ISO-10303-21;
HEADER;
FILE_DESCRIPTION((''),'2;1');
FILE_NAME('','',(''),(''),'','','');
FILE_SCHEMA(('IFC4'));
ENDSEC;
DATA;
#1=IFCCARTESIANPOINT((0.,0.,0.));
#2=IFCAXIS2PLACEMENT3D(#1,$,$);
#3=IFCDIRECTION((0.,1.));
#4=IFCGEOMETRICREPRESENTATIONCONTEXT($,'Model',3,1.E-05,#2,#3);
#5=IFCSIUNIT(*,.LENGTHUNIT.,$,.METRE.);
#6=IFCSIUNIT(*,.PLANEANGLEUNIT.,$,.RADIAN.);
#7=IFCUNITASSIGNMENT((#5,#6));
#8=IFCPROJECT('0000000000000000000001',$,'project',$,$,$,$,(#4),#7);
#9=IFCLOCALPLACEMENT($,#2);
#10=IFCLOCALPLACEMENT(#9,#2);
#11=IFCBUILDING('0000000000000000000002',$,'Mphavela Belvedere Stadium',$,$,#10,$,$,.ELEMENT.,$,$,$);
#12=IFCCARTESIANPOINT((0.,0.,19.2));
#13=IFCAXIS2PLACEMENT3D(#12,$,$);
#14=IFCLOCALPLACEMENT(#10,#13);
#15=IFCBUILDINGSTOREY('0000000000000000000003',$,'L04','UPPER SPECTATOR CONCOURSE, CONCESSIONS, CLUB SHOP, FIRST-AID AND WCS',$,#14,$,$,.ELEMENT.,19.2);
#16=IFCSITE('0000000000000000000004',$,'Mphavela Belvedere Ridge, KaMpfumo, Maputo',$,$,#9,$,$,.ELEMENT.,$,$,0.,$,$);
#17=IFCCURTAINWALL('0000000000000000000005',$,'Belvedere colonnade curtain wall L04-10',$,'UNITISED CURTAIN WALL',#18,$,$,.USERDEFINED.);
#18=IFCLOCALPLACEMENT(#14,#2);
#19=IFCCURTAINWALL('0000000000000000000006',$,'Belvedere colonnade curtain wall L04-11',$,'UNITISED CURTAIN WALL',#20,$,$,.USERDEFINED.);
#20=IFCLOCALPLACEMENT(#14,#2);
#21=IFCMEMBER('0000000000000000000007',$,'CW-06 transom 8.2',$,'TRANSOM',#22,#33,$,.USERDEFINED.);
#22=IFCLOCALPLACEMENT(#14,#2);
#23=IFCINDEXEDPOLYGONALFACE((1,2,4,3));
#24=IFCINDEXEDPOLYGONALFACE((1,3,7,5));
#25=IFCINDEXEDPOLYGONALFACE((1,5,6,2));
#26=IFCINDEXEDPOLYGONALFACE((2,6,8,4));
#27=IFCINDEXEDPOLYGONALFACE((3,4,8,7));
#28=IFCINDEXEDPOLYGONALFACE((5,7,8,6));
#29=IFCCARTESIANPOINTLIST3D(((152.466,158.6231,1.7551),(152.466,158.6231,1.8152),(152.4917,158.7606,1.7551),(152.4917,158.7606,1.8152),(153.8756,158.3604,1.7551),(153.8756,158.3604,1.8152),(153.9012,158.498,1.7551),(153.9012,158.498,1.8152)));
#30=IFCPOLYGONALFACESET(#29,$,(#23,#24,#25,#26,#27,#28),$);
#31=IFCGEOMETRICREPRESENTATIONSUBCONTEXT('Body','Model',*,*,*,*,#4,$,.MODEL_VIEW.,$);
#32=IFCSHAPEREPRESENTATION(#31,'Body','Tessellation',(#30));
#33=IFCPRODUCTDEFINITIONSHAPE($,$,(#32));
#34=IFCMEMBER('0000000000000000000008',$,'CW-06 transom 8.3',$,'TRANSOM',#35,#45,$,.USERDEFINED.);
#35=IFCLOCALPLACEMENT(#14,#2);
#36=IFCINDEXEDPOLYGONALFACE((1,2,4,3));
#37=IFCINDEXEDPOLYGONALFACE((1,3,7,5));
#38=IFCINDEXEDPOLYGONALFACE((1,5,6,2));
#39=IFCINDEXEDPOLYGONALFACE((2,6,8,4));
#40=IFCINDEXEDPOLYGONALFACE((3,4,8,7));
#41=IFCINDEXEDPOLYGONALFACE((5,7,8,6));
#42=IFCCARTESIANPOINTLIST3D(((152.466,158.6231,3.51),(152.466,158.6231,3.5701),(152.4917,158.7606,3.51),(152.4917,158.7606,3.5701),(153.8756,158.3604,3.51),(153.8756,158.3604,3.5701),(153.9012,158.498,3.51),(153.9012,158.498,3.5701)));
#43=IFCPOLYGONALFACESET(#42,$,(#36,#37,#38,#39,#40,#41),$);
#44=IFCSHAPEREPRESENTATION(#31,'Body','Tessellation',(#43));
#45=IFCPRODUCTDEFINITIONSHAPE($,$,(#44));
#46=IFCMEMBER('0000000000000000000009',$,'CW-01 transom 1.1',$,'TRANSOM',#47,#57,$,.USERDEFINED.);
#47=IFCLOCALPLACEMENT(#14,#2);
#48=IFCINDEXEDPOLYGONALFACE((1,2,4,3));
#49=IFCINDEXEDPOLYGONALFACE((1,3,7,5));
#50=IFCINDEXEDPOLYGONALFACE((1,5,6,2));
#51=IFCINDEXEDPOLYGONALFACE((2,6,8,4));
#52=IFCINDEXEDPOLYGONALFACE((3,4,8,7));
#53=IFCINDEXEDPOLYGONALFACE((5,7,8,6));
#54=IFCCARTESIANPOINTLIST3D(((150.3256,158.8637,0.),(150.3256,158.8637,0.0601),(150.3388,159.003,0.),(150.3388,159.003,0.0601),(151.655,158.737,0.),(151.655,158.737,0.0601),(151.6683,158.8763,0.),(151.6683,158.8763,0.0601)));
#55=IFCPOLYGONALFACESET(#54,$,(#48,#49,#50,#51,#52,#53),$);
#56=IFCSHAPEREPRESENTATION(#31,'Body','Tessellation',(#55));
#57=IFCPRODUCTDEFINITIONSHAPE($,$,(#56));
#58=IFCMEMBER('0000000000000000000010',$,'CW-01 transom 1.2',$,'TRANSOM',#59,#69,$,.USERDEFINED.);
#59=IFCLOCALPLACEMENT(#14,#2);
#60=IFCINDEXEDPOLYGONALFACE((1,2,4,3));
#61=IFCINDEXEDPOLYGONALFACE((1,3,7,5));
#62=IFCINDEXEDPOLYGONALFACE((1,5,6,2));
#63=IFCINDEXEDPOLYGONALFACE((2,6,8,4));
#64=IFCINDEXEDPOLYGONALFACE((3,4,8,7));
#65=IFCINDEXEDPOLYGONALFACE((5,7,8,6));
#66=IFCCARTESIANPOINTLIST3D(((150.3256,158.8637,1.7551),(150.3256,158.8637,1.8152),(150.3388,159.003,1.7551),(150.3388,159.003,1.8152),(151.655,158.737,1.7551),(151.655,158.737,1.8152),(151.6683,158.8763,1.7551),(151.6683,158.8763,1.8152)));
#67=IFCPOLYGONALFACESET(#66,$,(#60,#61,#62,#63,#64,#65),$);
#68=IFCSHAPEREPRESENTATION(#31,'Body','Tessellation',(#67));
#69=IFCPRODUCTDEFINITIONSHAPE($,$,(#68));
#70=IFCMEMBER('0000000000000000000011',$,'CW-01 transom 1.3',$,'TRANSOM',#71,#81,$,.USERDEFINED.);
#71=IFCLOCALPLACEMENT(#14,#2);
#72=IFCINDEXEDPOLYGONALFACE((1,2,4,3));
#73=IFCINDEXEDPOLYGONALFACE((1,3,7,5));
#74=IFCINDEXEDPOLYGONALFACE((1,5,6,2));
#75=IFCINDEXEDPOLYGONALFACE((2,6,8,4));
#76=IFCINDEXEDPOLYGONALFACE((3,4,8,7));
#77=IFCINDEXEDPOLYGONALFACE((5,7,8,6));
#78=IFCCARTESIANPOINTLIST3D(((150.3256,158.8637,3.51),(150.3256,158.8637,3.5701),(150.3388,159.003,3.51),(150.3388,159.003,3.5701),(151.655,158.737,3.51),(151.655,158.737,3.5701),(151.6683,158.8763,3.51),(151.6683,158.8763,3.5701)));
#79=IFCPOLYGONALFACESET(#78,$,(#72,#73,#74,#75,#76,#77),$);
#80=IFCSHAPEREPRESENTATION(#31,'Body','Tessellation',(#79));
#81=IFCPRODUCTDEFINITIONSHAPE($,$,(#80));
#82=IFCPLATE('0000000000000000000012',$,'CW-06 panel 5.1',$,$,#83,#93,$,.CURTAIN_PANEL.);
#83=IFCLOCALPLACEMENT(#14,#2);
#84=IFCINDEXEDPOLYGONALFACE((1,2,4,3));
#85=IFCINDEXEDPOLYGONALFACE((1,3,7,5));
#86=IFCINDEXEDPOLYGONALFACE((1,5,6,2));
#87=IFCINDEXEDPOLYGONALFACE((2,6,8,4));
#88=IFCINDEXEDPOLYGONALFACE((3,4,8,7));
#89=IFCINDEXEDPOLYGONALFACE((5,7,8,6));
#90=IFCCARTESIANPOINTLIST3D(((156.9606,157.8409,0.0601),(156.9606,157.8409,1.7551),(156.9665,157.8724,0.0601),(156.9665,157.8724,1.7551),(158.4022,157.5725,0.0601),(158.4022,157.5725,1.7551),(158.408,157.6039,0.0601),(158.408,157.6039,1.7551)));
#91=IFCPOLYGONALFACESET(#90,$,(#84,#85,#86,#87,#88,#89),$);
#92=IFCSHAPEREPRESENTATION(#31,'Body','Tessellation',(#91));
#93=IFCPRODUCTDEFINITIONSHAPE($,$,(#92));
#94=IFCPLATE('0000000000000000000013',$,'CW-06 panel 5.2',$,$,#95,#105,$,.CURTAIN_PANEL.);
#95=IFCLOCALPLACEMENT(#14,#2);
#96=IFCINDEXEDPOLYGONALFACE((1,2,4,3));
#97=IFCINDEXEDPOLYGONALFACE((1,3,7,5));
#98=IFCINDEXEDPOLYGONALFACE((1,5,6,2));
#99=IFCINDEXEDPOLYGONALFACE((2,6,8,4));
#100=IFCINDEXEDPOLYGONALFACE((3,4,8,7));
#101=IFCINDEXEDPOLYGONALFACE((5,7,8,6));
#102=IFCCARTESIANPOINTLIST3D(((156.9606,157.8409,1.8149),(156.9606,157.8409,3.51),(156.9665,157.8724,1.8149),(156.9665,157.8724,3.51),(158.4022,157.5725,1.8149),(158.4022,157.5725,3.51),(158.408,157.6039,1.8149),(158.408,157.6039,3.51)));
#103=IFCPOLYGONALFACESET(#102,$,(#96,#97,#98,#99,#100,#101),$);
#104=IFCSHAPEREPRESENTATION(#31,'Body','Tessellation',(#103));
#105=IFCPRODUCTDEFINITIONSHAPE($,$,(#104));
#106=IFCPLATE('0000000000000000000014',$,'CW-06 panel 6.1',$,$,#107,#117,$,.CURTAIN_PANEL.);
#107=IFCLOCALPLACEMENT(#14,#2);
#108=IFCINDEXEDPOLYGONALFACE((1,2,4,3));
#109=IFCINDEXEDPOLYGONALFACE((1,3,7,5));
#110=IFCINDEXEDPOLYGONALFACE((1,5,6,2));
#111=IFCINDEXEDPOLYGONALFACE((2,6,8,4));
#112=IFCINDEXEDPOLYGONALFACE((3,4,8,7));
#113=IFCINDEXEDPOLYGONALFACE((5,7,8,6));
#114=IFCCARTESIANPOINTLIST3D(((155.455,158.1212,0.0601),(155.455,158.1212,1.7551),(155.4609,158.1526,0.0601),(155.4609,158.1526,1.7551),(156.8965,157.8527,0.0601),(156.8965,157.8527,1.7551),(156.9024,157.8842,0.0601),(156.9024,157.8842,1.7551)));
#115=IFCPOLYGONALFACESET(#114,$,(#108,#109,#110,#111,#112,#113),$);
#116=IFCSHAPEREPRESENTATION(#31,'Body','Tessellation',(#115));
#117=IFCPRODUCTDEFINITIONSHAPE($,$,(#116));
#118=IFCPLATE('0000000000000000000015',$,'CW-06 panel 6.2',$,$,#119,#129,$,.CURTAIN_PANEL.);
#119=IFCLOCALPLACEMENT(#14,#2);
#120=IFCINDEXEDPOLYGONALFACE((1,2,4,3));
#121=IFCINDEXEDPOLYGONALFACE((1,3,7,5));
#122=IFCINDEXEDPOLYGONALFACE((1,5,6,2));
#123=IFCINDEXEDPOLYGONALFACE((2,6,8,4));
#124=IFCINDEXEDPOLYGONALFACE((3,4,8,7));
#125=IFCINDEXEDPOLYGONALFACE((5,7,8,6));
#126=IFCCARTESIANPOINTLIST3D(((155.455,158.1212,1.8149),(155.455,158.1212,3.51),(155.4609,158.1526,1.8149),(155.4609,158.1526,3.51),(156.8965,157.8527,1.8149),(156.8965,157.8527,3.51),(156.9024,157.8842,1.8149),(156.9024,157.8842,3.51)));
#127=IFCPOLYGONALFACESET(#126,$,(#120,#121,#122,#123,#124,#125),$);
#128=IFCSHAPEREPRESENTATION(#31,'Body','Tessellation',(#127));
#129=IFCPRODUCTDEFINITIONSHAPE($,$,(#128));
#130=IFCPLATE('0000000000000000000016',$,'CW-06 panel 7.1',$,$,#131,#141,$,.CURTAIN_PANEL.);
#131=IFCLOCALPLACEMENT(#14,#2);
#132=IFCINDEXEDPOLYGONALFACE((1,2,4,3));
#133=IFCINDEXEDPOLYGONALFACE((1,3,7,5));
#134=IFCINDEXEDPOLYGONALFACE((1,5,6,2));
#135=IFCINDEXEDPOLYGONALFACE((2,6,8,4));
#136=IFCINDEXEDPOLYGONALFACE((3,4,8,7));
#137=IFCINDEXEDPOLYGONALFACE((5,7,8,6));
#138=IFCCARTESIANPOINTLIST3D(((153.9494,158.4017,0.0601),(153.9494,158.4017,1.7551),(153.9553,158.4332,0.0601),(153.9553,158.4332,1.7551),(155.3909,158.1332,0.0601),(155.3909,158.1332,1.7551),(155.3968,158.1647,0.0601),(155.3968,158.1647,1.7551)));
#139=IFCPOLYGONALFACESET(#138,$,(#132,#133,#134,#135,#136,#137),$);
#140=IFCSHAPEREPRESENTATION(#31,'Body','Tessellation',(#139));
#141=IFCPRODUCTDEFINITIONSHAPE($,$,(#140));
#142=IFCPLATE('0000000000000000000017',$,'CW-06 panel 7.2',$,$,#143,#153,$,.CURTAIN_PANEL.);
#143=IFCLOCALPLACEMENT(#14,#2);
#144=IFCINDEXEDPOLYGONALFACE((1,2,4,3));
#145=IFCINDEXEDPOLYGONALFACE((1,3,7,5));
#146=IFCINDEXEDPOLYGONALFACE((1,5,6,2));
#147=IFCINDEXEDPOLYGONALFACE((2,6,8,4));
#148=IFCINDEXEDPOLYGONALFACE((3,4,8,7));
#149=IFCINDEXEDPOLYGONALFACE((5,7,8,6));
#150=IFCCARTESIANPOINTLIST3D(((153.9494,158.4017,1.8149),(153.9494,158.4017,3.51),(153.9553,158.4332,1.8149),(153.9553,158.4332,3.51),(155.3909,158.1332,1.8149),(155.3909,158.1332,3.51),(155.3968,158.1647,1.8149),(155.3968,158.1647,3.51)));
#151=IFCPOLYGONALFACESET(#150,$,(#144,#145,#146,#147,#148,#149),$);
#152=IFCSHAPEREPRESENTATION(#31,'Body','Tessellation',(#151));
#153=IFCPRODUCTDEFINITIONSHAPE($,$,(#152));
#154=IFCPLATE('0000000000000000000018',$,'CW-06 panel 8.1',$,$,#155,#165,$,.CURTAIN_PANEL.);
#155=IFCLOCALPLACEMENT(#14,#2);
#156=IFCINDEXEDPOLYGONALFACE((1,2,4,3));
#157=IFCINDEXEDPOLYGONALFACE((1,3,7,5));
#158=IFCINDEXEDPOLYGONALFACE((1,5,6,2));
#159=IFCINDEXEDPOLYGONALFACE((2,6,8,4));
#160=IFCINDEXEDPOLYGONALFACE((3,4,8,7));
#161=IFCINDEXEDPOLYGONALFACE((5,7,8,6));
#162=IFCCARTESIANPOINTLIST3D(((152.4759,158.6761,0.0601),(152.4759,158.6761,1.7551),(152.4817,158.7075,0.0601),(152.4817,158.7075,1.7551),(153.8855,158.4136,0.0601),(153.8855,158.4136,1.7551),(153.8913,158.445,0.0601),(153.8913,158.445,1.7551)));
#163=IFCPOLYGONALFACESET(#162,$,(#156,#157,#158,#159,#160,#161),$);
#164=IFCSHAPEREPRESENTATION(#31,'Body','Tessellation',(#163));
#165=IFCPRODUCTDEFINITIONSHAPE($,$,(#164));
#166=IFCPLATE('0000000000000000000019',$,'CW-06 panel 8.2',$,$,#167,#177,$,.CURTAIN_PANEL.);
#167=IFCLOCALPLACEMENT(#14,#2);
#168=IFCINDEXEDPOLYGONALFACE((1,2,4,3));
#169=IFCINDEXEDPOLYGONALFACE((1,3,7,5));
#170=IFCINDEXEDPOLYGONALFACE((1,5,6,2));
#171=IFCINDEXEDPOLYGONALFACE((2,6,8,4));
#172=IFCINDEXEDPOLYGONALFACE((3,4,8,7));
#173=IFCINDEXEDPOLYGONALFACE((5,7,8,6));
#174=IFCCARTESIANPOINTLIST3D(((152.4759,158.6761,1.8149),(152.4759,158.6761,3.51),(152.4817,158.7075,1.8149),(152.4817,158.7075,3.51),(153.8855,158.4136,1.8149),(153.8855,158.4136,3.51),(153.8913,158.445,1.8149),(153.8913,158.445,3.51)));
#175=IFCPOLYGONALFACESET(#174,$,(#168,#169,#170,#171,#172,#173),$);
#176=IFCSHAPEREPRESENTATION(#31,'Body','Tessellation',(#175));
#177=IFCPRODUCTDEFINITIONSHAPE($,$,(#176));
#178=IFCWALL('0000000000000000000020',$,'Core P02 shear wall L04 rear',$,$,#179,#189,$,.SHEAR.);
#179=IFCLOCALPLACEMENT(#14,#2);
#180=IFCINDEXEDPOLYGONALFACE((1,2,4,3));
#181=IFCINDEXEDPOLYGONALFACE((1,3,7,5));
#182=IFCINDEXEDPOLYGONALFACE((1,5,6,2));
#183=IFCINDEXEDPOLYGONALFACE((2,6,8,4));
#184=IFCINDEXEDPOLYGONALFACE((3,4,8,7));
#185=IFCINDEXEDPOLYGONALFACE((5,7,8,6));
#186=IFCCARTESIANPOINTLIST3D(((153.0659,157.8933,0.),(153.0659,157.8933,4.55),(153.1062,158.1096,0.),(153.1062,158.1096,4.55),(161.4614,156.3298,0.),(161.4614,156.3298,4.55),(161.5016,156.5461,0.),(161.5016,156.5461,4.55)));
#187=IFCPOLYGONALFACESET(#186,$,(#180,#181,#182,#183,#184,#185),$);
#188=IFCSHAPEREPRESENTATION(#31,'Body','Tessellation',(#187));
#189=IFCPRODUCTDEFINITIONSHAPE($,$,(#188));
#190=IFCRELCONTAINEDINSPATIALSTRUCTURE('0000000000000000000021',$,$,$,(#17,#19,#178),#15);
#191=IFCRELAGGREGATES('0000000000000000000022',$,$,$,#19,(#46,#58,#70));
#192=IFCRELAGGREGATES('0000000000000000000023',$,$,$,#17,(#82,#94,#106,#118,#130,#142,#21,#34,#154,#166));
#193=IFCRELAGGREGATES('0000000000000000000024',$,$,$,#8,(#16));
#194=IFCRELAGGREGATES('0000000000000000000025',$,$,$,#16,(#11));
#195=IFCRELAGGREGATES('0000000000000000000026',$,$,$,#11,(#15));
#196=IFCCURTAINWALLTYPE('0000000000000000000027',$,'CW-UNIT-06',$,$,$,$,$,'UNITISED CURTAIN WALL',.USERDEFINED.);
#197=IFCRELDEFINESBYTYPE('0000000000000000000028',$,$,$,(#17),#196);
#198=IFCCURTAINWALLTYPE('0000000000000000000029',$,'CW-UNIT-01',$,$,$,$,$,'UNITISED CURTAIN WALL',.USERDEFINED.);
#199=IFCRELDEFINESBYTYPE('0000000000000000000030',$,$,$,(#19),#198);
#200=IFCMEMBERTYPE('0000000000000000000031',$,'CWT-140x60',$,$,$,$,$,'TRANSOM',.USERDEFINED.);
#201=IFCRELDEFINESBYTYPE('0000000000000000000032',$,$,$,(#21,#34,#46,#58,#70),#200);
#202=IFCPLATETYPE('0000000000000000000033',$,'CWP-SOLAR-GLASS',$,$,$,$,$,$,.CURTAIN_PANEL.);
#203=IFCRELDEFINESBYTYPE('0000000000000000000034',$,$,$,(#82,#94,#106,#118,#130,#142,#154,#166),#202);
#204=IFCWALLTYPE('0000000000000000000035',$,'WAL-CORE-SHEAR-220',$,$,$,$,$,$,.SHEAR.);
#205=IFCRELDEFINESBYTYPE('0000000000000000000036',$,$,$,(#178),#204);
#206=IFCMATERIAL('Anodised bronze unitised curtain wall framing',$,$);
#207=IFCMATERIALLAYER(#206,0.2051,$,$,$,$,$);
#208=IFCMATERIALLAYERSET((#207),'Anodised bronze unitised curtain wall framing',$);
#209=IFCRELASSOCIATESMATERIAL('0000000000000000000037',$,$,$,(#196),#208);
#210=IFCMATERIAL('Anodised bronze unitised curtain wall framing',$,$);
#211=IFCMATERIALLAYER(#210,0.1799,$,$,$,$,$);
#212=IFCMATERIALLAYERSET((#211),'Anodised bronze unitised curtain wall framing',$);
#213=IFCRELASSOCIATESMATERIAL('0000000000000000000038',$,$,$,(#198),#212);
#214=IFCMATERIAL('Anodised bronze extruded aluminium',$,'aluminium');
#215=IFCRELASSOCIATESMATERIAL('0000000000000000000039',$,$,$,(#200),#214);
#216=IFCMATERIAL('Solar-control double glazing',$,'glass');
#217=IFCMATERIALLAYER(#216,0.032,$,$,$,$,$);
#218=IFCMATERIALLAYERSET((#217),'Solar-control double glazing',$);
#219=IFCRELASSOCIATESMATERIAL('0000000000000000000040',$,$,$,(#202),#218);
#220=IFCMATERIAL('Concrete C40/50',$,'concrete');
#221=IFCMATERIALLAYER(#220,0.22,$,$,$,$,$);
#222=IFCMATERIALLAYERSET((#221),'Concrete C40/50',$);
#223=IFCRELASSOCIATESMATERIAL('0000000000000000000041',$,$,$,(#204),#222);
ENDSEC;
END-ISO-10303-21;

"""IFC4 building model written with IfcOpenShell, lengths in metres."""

from ifc_helpers import new_model, si_unit, direction, frame, frame_2d, origin, origin_2d, place, context, subcontext, project, spatial, rectangle, extrude, material, layer, layer_set, material_profile, profile_set, type_object, element, aggregate, save


model = new_model("IFC4")

# Units and contexts
model_context = context("Model", 3, precision=1e-05, world=origin(), true_north=direction((0.0, 1.0)))
body_context = subcontext(model_context, "Body", "Model", "MODEL_VIEW")
ifc_project = project(units=[si_unit("LENGTHUNIT", "METRE"), si_unit("PLANEANGLEUNIT", "RADIAN")], contexts=[model_context])

# Site, building, storey
site_placement = place(None, origin())
site = spatial("IfcSite", under=ifc_project, at=site_placement, Name="Mphavela Belvedere Ridge, KaMpfumo, Maputo", CompositionType="ELEMENT", RefElevation=0.0)
building_placement = place(site_placement, origin())
building = spatial("IfcBuilding", under=site, at=building_placement, Name="Mphavela Belvedere Stadium", CompositionType="ELEMENT")
storey_placement = place(building_placement, frame((0.0, 0.0, 19.2)))
storey = spatial("IfcBuildingStorey", under=building, at=storey_placement, Name="L04", Description="UPPER SPECTATOR CONCOURSE, CONCESSIONS, CLUB SHOP, FIRST-AID AND WCS", CompositionType="ELEMENT", Elevation=19.2)

# Curtain wall
ifc_material_1 = material(Name="Anodised bronze unitised curtain wall framing")
ifc_layer_1 = layer(ifc_material_1, 0.2051)
ifc_layer_set_1 = layer_set([ifc_layer_1], Name="Anodised bronze unitised curtain wall framing")
curtain_wall_type_1 = type_object("IfcCurtainWallType", Name="CW-UNIT-06", ElementType="UNITISED CURTAIN WALL", PredefinedType="USERDEFINED", material=ifc_layer_set_1)
curtain_wall_1_placement = place(storey_placement, origin())
curtain_wall_1 = element("IfcCurtainWall", 1, at=curtain_wall_1_placement, inside=storey, type_object=curtain_wall_type_1, Name="Belvedere colonnade curtain wall L04-10", ObjectType="UNITISED CURTAIN WALL", PredefinedType="USERDEFINED")

# Curtain wall
ifc_material_2 = material(Name="Anodised bronze unitised curtain wall framing")
ifc_layer_2 = layer(ifc_material_2, 0.1799)
ifc_layer_set_2 = layer_set([ifc_layer_2], Name="Anodised bronze unitised curtain wall framing")
curtain_wall_type_2 = type_object("IfcCurtainWallType", Name="CW-UNIT-01", ElementType="UNITISED CURTAIN WALL", PredefinedType="USERDEFINED", material=ifc_layer_set_2)
curtain_wall_2_placement = place(storey_placement, origin())
curtain_wall_2 = element("IfcCurtainWall", 2, at=curtain_wall_2_placement, inside=storey, type_object=curtain_wall_type_2, Name="Belvedere colonnade curtain wall L04-11", ObjectType="UNITISED CURTAIN WALL", PredefinedType="USERDEFINED")

# Members
ifc_material_3 = material(Name="Anodised bronze extruded aluminium", Category="aluminium")
ifc_material_profile_1 = material_profile(ifc_material_3, rectangle(XDim=0.1399, YDim=0.0601, at=origin_2d()), Name="CW-TRN 140x60")
ifc_profile_set_1 = profile_set([ifc_material_profile_1], Name="Anodised bronze extruded aluminium")
member_type_1 = type_object("IfcMemberType", Name="CWT-140x60", ElementType="TRANSOM", PredefinedType="USERDEFINED", material=ifc_profile_set_1)
member_1_placement = place(storey_placement, frame((153.8884, 158.4292, 1.7852), z_axis=(-0.983076, 0.183199, 0.0), x_axis=(-0.183199, -0.983076, 0.0)))
member_1 = element("IfcMember", 3, at=member_1_placement, type_object=member_type_1, Name="CW-06 transom 8.2", ObjectType="TRANSOM", PredefinedType="USERDEFINED", context=body_context, shape_type="SweptSolid", body=[
    extrude(rectangle(XDim=0.1399, YDim=0.0601, at=origin_2d()), origin(), (0.0, 0.0, 1.0), 1.4338),
])
member_2_placement = place(storey_placement, frame((153.8884, 158.4292, 3.54), z_axis=(-0.983076, 0.183199, 0.0), x_axis=(-0.183199, -0.983076, 0.0)))
member_2 = element("IfcMember", 4, at=member_2_placement, type_object=member_type_1, Name="CW-06 transom 8.3", ObjectType="TRANSOM", PredefinedType="USERDEFINED", context=body_context, shape_type="SweptSolid", body=[
    extrude(rectangle(XDim=0.1399, YDim=0.0601, at=origin_2d()), origin(), (0.0, 0.0, 1.0), 1.4338),
])
member_3_placement = place(storey_placement, frame((151.6616, 158.8066, 0.03), z_axis=(-0.995488, 0.094887, 0.0), x_axis=(-0.094887, -0.995488, 0.0)))
member_3 = element("IfcMember", 5, at=member_3_placement, type_object=member_type_1, Name="CW-01 transom 1.1", ObjectType="TRANSOM", PredefinedType="USERDEFINED", context=body_context, shape_type="SweptSolid", body=[
    extrude(rectangle(XDim=0.1399, YDim=0.0601, at=origin_2d()), origin(), (0.0, 0.0, 1.0), 1.3354),
])
member_4_placement = place(storey_placement, frame((151.6616, 158.8066, 1.7852), z_axis=(-0.995488, 0.094887, 0.0), x_axis=(-0.094887, -0.995488, 0.0)))
member_4 = element("IfcMember", 6, at=member_4_placement, type_object=member_type_1, Name="CW-01 transom 1.2", ObjectType="TRANSOM", PredefinedType="USERDEFINED", context=body_context, shape_type="SweptSolid", body=[
    extrude(rectangle(XDim=0.1399, YDim=0.0601, at=origin_2d()), origin(), (0.0, 0.0, 1.0), 1.3354),
])
member_5_placement = place(storey_placement, frame((151.6616, 158.8066, 3.54), z_axis=(-0.995488, 0.094887, 0.0), x_axis=(-0.094887, -0.995488, 0.0)))
member_5 = element("IfcMember", 7, at=member_5_placement, type_object=member_type_1, Name="CW-01 transom 1.3", ObjectType="TRANSOM", PredefinedType="USERDEFINED", context=body_context, shape_type="SweptSolid", body=[
    extrude(rectangle(XDim=0.1399, YDim=0.0601, at=origin_2d()), origin(), (0.0, 0.0, 1.0), 1.3354),
])
aggregate(curtain_wall_2, [member_3, member_4, member_5])

# Plates
ifc_material_4 = material(Name="Solar-control double glazing", Category="glass")
ifc_layer_3 = layer(ifc_material_4, 0.032)
ifc_layer_set_3 = layer_set([ifc_layer_3], Name="Solar-control double glazing")
plate_type = type_object("IfcPlateType", Name="CWP-SOLAR-GLASS", PredefinedType="CURTAIN_PANEL", material=ifc_layer_set_3)
plate_1_placement = place(storey_placement, frame((157.6843, 157.7224, 0.0601), z_axis=(0.0, 0.0, 1.0), x_axis=(-0.983096, 0.183091, 0.0)))
plate_1 = element("IfcPlate", 8, at=plate_1_placement, type_object=plate_type, Name="CW-06 panel 5.1", PredefinedType="CURTAIN_PANEL", context=body_context, shape_type="SweptSolid", body=[
    extrude(rectangle(XDim=1.4663, YDim=0.032, at=origin_2d()), origin(), (0.0, 0.0, 1.0), 1.6951),
])
plate_2_placement = place(storey_placement, frame((157.6843, 157.7224, 1.8149), z_axis=(0.0, 0.0, 1.0), x_axis=(-0.983096, 0.183091, 0.0)))
plate_2 = element("IfcPlate", 9, at=plate_2_placement, type_object=plate_type, Name="CW-06 panel 5.2", PredefinedType="CURTAIN_PANEL", context=body_context, shape_type="SweptSolid", body=[
    extrude(rectangle(XDim=1.4663, YDim=0.032, at=origin_2d()), origin(), (0.0, 0.0, 1.0), 1.6951),
])
plate_3_placement = place(storey_placement, frame((156.1787, 158.0027, 0.0601), z_axis=(0.0, 0.0, 1.0), x_axis=(-0.983096, 0.183091, 0.0)))
plate_3 = element("IfcPlate", 10, at=plate_3_placement, type_object=plate_type, Name="CW-06 panel 6.1", PredefinedType="CURTAIN_PANEL", context=body_context, shape_type="SweptSolid", body=[
    extrude(rectangle(XDim=1.4663, YDim=0.032, at=origin_2d()), origin(), (0.0, 0.0, 1.0), 1.6951),
])
plate_4_placement = place(storey_placement, frame((156.1787, 158.0027, 1.8149), z_axis=(0.0, 0.0, 1.0), x_axis=(-0.983096, 0.183091, 0.0)))
plate_4 = element("IfcPlate", 11, at=plate_4_placement, type_object=plate_type, Name="CW-06 panel 6.2", PredefinedType="CURTAIN_PANEL", context=body_context, shape_type="SweptSolid", body=[
    extrude(rectangle(XDim=1.4663, YDim=0.032, at=origin_2d()), origin(), (0.0, 0.0, 1.0), 1.6951),
])
plate_5_placement = place(storey_placement, frame((154.6731, 158.2832, 0.0601), z_axis=(0.0, 0.0, 1.0), x_axis=(-0.983096, 0.183091, 0.0)))
plate_5 = element("IfcPlate", 12, at=plate_5_placement, type_object=plate_type, Name="CW-06 panel 7.1", PredefinedType="CURTAIN_PANEL", context=body_context, shape_type="SweptSolid", body=[
    extrude(rectangle(XDim=1.4663, YDim=0.032, at=origin_2d()), origin(), (0.0, 0.0, 1.0), 1.6951),
])
plate_6_placement = place(storey_placement, frame((154.6731, 158.2832, 1.8149), z_axis=(0.0, 0.0, 1.0), x_axis=(-0.983096, 0.183091, 0.0)))
plate_6 = element("IfcPlate", 13, at=plate_6_placement, type_object=plate_type, Name="CW-06 panel 7.2", PredefinedType="CURTAIN_PANEL", context=body_context, shape_type="SweptSolid", body=[
    extrude(rectangle(XDim=1.4663, YDim=0.032, at=origin_2d()), origin(), (0.0, 0.0, 1.0), 1.6951),
])
plate_7_placement = place(storey_placement, frame((153.1836, 158.5605, 0.0601), z_axis=(0.0, 0.0, 1.0), x_axis=(-0.983096, 0.183091, 0.0)))
plate_7 = element("IfcPlate", 14, at=plate_7_placement, type_object=plate_type, Name="CW-06 panel 8.1", PredefinedType="CURTAIN_PANEL", context=body_context, shape_type="SweptSolid", body=[
    extrude(rectangle(XDim=1.4338, YDim=0.032, at=origin_2d()), origin(), (0.0, 0.0, 1.0), 1.6951),
])
plate_8_placement = place(storey_placement, frame((153.1836, 158.5605, 1.8149), z_axis=(0.0, 0.0, 1.0), x_axis=(-0.983096, 0.183091, 0.0)))
plate_8 = element("IfcPlate", 15, at=plate_8_placement, type_object=plate_type, Name="CW-06 panel 8.2", PredefinedType="CURTAIN_PANEL", context=body_context, shape_type="SweptSolid", body=[
    extrude(rectangle(XDim=1.4338, YDim=0.032, at=origin_2d()), origin(), (0.0, 0.0, 1.0), 1.6951),
])
aggregate(curtain_wall_1, [plate_1, plate_2, plate_3, plate_4, plate_5, plate_6, member_1, member_2, plate_7, plate_8])

# Wall
ifc_material_5 = material(Name="Concrete C40/50", Category="concrete")
ifc_layer_4 = layer(ifc_material_5, 0.22)
ifc_layer_set_4 = layer_set([ifc_layer_4], Name="Concrete C40/50")
wall_type = type_object("IfcWallType", Name="WAL-CORE-SHEAR-220", PredefinedType="SHEAR", material=ifc_layer_set_4)
wall_1_placement = place(storey_placement, frame((153.0859, 158.0015, 0.0), z_axis=(0.0, 0.0, 1.0), x_axis=(0.983098, -0.18308, 0.0)))
element("IfcWall", 16, at=wall_1_placement, inside=storey, type_object=wall_type, Name="Core P02 shear wall L04 rear", PredefinedType="SHEAR", context=body_context, shape_type="SweptSolid", body=[
    extrude(rectangle(XDim=8.5398, YDim=0.22, at=frame_2d((4.27, 0.0))), origin(), (0.0, 0.0, 1.0), 4.55),
])

save(model, "model.ifc")
